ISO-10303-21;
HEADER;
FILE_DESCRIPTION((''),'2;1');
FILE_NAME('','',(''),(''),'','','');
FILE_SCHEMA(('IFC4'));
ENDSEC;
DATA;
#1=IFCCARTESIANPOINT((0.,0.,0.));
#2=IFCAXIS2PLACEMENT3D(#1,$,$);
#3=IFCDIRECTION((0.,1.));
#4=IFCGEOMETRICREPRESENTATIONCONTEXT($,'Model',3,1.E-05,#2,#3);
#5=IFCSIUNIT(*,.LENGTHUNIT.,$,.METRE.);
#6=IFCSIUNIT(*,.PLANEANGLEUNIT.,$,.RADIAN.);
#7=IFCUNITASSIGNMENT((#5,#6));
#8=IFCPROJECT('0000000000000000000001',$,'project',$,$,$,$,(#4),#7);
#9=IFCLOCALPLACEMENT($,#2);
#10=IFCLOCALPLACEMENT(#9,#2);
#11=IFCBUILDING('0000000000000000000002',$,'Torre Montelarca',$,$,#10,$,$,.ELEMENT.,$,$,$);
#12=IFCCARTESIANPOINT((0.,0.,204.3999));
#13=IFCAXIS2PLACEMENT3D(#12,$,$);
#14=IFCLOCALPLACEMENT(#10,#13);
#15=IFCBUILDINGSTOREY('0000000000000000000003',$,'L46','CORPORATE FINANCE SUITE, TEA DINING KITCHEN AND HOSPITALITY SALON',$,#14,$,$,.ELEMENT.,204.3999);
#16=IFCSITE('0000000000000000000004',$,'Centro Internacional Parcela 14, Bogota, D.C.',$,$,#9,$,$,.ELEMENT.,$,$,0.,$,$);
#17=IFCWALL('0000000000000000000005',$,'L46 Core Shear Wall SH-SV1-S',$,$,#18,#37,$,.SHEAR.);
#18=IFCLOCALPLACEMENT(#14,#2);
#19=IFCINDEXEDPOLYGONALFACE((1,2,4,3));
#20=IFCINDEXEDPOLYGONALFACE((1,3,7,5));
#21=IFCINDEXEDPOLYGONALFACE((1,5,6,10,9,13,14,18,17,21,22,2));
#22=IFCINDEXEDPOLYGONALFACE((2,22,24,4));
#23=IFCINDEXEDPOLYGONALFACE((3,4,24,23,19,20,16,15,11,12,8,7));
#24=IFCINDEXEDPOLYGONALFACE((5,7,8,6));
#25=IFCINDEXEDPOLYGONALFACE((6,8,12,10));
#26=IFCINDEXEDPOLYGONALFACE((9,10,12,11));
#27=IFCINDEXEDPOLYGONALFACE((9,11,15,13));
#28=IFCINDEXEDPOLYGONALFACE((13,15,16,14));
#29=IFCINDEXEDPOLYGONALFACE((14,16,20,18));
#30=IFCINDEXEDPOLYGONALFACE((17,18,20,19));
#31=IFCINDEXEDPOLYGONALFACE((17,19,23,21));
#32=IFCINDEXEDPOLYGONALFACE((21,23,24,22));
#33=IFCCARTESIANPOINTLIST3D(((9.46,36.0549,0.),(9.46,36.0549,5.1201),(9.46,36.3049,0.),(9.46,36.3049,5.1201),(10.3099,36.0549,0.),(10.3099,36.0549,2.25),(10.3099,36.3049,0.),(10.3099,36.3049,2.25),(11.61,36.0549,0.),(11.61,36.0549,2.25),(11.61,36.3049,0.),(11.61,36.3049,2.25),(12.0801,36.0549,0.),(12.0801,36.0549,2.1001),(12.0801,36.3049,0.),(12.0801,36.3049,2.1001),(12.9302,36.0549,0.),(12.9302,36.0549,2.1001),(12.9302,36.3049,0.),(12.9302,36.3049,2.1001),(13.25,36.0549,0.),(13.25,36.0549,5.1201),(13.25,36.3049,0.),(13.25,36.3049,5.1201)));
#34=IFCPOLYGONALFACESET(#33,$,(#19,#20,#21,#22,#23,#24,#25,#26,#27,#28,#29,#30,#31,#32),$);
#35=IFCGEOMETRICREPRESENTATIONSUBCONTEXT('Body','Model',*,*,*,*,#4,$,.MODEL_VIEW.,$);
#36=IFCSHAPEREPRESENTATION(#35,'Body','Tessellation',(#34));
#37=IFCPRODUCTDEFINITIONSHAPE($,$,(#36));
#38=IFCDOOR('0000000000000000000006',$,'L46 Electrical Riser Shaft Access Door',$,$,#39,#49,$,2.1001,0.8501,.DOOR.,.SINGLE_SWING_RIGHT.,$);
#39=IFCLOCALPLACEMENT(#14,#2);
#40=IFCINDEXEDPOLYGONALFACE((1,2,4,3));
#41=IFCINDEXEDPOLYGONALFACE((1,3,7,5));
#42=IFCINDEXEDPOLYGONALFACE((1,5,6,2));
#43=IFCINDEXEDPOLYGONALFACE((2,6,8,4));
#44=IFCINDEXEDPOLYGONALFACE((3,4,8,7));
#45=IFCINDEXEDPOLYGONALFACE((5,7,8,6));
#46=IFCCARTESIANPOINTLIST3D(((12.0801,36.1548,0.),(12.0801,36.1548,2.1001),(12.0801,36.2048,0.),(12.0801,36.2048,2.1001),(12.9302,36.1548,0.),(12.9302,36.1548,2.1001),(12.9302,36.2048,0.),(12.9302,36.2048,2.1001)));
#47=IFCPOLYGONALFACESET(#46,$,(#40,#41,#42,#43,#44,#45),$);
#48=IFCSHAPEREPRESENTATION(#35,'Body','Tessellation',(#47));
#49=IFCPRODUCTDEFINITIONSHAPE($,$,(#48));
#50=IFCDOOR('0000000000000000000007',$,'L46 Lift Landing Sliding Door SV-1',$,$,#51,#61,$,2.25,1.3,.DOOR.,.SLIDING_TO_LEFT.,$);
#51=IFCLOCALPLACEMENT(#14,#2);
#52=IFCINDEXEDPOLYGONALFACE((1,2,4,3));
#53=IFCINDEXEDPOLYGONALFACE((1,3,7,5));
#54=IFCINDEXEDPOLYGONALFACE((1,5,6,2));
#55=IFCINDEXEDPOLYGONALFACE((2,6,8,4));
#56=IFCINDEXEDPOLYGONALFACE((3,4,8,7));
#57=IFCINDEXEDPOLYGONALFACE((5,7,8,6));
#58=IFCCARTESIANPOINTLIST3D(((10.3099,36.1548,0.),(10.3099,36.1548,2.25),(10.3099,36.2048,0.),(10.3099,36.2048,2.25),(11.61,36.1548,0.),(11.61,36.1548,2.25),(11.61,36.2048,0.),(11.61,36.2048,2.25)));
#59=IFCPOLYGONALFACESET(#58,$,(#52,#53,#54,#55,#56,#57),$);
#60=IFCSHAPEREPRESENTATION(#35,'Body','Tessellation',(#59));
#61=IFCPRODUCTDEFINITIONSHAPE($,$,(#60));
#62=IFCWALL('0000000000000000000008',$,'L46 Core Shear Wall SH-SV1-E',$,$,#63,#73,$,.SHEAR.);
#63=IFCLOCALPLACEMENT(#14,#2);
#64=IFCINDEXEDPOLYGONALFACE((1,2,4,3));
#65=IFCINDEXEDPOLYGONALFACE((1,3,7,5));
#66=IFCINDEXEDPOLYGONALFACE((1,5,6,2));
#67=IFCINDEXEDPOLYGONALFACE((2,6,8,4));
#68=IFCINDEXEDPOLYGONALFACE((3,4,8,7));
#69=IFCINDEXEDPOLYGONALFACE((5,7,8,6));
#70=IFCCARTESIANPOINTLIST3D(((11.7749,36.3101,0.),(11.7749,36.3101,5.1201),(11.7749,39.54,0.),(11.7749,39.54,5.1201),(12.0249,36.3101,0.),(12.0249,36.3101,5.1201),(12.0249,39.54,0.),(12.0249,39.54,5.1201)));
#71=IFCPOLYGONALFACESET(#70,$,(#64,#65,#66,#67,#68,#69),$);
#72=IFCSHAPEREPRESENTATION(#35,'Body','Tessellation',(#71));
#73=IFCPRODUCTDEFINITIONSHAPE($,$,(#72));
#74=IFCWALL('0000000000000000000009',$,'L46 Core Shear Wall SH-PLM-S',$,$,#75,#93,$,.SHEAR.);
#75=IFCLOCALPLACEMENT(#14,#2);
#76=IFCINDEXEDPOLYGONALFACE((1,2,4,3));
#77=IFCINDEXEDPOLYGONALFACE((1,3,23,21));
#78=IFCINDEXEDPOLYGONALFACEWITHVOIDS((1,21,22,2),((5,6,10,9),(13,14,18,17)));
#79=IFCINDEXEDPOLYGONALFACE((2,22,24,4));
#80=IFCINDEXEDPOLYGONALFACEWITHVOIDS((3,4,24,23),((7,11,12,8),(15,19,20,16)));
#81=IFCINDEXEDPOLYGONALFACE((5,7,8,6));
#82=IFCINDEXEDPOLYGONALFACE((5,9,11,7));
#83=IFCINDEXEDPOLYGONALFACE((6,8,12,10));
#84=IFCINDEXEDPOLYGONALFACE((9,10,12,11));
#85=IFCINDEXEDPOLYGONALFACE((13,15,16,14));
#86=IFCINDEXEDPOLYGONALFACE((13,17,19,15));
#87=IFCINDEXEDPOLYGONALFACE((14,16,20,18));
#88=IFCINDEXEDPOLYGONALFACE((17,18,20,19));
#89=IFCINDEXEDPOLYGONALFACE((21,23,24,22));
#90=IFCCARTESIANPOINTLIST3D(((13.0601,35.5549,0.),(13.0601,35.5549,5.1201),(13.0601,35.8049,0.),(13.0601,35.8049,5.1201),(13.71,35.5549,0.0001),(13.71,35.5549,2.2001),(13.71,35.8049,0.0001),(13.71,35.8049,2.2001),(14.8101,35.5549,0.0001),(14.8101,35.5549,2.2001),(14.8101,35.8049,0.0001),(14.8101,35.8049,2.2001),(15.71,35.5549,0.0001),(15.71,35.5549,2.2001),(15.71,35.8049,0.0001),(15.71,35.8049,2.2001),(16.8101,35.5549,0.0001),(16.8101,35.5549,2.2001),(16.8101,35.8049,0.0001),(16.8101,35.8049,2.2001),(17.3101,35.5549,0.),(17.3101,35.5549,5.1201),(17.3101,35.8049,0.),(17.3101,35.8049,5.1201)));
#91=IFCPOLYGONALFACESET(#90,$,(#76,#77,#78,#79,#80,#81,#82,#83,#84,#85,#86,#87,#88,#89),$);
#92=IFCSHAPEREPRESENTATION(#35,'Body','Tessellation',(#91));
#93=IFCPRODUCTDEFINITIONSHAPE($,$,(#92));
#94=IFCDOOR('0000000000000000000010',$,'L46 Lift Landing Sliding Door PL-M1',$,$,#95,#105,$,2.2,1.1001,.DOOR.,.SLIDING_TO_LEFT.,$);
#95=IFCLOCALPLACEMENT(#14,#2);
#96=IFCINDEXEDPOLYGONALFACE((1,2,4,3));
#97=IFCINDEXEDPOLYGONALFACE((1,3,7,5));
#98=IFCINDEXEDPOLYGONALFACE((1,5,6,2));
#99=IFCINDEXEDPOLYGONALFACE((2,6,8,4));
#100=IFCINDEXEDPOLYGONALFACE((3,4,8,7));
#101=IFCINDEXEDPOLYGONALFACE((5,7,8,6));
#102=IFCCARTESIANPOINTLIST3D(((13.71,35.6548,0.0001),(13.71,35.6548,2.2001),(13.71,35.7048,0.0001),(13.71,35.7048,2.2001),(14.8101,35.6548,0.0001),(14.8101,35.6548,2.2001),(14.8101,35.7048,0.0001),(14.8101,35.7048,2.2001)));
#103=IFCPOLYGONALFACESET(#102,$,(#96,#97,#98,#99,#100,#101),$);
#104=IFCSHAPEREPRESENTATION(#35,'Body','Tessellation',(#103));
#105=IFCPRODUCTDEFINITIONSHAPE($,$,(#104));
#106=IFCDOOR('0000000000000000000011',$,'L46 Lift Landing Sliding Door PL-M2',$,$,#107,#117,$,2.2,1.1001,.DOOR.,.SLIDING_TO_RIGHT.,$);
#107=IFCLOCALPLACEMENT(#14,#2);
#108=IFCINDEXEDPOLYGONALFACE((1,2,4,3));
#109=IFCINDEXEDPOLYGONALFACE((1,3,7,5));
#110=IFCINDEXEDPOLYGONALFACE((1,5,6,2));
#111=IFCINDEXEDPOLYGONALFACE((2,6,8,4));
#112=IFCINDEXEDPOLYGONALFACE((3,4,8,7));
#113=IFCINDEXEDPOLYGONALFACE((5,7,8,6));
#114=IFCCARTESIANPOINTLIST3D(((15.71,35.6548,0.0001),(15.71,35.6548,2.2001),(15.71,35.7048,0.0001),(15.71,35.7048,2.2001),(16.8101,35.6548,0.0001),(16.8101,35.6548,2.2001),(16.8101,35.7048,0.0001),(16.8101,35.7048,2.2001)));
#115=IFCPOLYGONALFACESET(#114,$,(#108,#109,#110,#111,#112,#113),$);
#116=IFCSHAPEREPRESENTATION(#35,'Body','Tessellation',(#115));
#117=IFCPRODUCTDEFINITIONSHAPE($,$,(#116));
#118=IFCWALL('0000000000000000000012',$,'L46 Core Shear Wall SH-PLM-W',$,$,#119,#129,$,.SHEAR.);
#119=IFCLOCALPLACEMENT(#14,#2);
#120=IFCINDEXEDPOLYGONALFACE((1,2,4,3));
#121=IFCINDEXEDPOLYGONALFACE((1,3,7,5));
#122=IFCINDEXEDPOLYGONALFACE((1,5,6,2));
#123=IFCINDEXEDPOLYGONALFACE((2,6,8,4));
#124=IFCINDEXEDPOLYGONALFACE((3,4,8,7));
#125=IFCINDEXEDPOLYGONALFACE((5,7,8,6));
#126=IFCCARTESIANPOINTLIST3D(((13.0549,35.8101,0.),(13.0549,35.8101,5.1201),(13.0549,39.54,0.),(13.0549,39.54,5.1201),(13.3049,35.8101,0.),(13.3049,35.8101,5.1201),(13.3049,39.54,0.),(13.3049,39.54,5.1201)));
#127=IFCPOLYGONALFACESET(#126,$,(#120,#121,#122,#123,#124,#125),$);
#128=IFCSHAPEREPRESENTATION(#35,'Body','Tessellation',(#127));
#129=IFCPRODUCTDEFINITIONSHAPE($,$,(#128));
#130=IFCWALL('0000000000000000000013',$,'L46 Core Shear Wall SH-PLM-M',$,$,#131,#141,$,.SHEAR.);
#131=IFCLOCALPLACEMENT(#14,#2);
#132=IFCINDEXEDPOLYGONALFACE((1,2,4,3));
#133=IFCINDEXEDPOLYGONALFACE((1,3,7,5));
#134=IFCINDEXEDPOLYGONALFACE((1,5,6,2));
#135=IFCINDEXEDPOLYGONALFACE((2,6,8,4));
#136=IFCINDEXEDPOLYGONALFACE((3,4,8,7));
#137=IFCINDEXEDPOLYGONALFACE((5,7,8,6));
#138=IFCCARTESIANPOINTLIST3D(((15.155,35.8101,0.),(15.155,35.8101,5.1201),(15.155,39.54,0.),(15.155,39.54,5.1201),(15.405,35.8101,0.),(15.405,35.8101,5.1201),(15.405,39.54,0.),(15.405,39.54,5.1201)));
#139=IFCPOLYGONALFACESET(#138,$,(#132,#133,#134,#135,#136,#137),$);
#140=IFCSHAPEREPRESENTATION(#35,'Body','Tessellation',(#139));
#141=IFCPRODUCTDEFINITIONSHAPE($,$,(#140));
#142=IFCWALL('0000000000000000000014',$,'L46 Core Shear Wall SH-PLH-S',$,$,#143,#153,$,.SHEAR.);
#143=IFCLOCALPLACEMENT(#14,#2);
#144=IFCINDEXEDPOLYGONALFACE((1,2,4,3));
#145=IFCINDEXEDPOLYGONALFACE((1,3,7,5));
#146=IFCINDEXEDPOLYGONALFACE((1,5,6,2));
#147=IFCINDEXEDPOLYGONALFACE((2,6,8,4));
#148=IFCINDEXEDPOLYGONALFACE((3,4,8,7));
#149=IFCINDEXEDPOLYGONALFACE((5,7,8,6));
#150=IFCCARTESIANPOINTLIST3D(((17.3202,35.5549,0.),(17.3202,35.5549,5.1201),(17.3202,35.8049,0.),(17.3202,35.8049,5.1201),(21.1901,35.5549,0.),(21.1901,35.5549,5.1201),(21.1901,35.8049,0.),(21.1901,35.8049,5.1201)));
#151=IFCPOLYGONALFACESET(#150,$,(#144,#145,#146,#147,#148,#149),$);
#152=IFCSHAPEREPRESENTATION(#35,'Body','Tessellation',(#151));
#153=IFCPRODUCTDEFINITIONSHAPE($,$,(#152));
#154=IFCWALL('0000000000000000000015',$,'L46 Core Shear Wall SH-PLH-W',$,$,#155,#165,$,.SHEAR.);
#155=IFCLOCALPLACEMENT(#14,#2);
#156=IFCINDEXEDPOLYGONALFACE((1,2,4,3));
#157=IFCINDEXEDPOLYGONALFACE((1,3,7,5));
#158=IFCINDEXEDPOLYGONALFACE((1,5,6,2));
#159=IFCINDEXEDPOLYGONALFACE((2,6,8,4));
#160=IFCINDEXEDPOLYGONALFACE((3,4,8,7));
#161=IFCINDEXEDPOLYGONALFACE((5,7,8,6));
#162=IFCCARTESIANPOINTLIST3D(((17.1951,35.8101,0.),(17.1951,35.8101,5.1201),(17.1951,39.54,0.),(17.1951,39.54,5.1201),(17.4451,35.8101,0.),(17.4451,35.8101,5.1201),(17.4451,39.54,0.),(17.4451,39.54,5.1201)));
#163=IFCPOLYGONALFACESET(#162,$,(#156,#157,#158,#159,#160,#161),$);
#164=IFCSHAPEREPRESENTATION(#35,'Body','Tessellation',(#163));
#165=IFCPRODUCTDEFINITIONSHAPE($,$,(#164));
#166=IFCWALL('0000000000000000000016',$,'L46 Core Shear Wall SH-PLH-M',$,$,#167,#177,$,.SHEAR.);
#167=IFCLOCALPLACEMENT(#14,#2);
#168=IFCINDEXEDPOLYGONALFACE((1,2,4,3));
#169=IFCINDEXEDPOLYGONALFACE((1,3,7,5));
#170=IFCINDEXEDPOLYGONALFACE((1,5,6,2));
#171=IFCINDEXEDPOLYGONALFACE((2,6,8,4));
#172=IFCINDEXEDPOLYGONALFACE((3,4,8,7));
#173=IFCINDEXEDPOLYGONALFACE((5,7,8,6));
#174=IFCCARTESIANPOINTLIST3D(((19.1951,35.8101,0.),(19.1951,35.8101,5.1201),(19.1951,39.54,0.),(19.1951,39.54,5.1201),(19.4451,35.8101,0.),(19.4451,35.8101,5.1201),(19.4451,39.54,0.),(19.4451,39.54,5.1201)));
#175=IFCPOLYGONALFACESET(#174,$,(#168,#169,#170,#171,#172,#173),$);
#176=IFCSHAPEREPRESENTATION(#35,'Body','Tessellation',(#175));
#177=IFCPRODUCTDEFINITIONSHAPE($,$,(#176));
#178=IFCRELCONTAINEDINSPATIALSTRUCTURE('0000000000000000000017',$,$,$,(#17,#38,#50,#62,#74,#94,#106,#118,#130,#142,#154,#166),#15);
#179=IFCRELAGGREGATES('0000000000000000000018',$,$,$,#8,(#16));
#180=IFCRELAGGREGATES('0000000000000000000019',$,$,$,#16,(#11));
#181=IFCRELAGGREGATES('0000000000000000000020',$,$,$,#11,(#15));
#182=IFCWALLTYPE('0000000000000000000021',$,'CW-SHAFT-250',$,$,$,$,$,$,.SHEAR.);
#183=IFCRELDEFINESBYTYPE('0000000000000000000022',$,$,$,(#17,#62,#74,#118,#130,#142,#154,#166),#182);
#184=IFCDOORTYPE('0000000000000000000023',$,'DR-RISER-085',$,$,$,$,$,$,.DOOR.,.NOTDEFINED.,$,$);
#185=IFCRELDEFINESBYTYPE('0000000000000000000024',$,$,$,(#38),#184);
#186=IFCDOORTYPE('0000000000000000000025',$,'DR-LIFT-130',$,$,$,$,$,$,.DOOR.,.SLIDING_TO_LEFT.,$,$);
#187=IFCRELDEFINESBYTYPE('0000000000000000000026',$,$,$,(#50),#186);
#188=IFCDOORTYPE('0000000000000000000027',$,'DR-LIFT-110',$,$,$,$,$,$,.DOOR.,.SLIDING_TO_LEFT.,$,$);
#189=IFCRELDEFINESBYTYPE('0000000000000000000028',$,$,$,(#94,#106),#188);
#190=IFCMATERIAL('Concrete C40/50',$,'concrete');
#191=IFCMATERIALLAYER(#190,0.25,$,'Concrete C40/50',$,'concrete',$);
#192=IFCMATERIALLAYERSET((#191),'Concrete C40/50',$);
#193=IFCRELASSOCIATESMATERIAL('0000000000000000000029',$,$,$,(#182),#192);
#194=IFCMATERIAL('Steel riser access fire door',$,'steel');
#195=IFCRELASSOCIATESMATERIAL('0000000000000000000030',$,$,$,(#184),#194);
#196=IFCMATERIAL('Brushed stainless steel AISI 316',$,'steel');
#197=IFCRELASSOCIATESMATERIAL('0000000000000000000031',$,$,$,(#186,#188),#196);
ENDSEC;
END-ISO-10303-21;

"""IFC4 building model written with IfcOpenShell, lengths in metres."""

from ifc_helpers import new_model, si_unit, direction, frame, frame_2d, origin, place, context, subcontext, project, spatial, rectangle, extrude, source, transform, mapped, material, layer, layer_set, type_object, element, fill, save


model = new_model("IFC4")

# Units and contexts
model_context = context("Model", 3, precision=1e-05, world=origin(), true_north=direction((0.0, 1.0)))
body_context = subcontext(model_context, "Body", "Model", "MODEL_VIEW")
ifc_project = project(units=[si_unit("LENGTHUNIT", "METRE"), si_unit("PLANEANGLEUNIT", "RADIAN")], contexts=[model_context])

# Site, building, storey
site_placement = place(None, origin())
site = spatial("IfcSite", under=ifc_project, at=site_placement, Name="Centro Internacional Parcela 14, Bogota, D.C.", CompositionType="ELEMENT", RefElevation=0.0)
building_placement = place(site_placement, origin())
building = spatial("IfcBuilding", under=site, at=building_placement, Name="Torre Montelarca", CompositionType="ELEMENT")
storey_placement = place(building_placement, frame((0.0, 0.0, 204.3999)))
storey = spatial("IfcBuildingStorey", under=building, at=storey_placement, Name="L46", Description="CORPORATE FINANCE SUITE, TEA DINING KITCHEN AND HOSPITALITY SALON", CompositionType="ELEMENT", Elevation=204.3999)

# Shared definitions
ifc_material_1 = material(Name="Concrete C40/50", Category="concrete")
ifc_layer_1 = layer(ifc_material_1, 0.25, Name="Concrete C40/50", Category="concrete")
ifc_layer_set_1 = layer_set([ifc_layer_1], Name="Concrete C40/50")
wall_type_1 = type_object("IfcWallType", Name="CW-SHAFT-250", PredefinedType="SHEAR", material=ifc_layer_set_1)

# Wall, openings, doors
wall_1_placement = place(storey_placement, frame((9.46, 36.1799, 0.0), z_axis=(0.0, 0.0, 1.0), x_axis=(1.0, 0.0, 0.0)))
wall_1 = element("IfcWall", 1, at=wall_1_placement, inside=storey, type_object=wall_type_1, Name="L46 Core Shear Wall SH-SV1-S", PredefinedType="SHEAR", context=body_context, shape_type="SweptSolid", body=[
    extrude(rectangle(XDim=3.79, YDim=0.25, at=frame_2d((1.895, 0.0))), origin(), (0.0, 0.0, 1.0), 5.1201),
])
opening_1_placement = place(wall_1_placement, frame((2.6201, 0.0, 0.0)))
opening_1 = element("IfcOpeningElement", 2, at=opening_1_placement, cuts=wall_1, PredefinedType="OPENING", context=body_context, shape_type="SweptSolid", body=[
    extrude(rectangle(XDim=0.8501, YDim=2.1001, at=frame_2d((0.425, 1.05))), frame((0.0, 0.135, 0.0), z_axis=(0.0, -1.0, 0.0), x_axis=(1.0, 0.0, 0.0)), (0.0, 0.0, 1.0), 0.27),
])
opening_2_placement = place(wall_1_placement, frame((0.8501, 0.0, 0.0)))
opening_2 = element("IfcOpeningElement", 3, at=opening_2_placement, cuts=wall_1, PredefinedType="OPENING", context=body_context, shape_type="SweptSolid", body=[
    extrude(rectangle(XDim=1.3, YDim=2.25, at=frame_2d((0.6499, 1.125))), frame((0.0, 0.135, 0.0), z_axis=(0.0, -1.0, 0.0), x_axis=(1.0, 0.0, 0.0)), (0.0, 0.0, 1.0), 0.27),
])
ifc_material_2 = material(Name="Steel riser access fire door", Category="steel")
door_type_1 = type_object("IfcDoorType", Name="DR-RISER-085", OperationType="NOTDEFINED", PredefinedType="DOOR", material=ifc_material_2)
shared_shape_1 = source(origin(), body_context, "Body", "SweptSolid", [
    extrude(rectangle(XDim=0.8501, YDim=2.1001, at=frame_2d((0.425, 1.05))), frame((0.0, 0.0249, 0.0), z_axis=(0.0, -1.0, 0.0), x_axis=(1.0, 0.0, 0.0)), (0.0, 0.0, 1.0), 0.05),
])
door_1_placement = place(opening_1_placement, origin())
door_1 = element("IfcDoor", 4, at=door_1_placement, inside=storey, type_object=door_type_1, Name="L46 Electrical Riser Shaft Access Door", OperationType="SINGLE_SWING_RIGHT", OverallHeight=2.1001, OverallWidth=0.8501, PredefinedType="DOOR", context=body_context, shape_type="MappedRepresentation", body=[
    mapped(shared_shape_1, transform((0.0, 0.0, 0.0), scale=1.0)),
])
fill(opening_1, door_1)
ifc_material_3 = material(Name="Brushed stainless steel AISI 316", Category="steel")
door_type_2 = type_object("IfcDoorType", Name="DR-LIFT-130", OperationType="SLIDING_TO_LEFT", PredefinedType="DOOR", material=ifc_material_3)
shared_shape_2 = source(origin(), body_context, "Body", "SweptSolid", [
    extrude(rectangle(XDim=1.3, YDim=2.25, at=frame_2d((0.6499, 1.125))), frame((0.0, 0.0249, 0.0), z_axis=(0.0, -1.0, 0.0), x_axis=(1.0, 0.0, 0.0)), (0.0, 0.0, 1.0), 0.05),
])
door_2_placement = place(opening_2_placement, origin())
door_2 = element("IfcDoor", 5, at=door_2_placement, inside=storey, type_object=door_type_2, Name="L46 Lift Landing Sliding Door SV-1", OperationType="SLIDING_TO_LEFT", OverallHeight=2.25, OverallWidth=1.3, PredefinedType="DOOR", context=body_context, shape_type="MappedRepresentation", body=[
    mapped(shared_shape_2, transform((0.0, 0.0, 0.0), scale=1.0)),
])
fill(opening_2, door_2)

# Wall
wall_2_placement = place(storey_placement, frame((11.8999, 36.3101, 0.0), z_axis=(0.0, 0.0, 1.0), x_axis=(0.0, 1.0, 0.0)))
element("IfcWall", 6, at=wall_2_placement, inside=storey, type_object=wall_type_1, Name="L46 Core Shear Wall SH-SV1-E", PredefinedType="SHEAR", context=body_context, shape_type="SweptSolid", body=[
    extrude(rectangle(XDim=3.23, YDim=0.25, at=frame_2d((1.615, 0.0))), origin(), (0.0, 0.0, 1.0), 5.1201),
])

# Wall, openings, doors
wall_3_placement = place(storey_placement, frame((13.0601, 35.6799, 0.0), z_axis=(0.0, 0.0, 1.0), x_axis=(1.0, 0.0, 0.0)))
wall_3 = element("IfcWall", 7, at=wall_3_placement, inside=storey, type_object=wall_type_1, Name="L46 Core Shear Wall SH-PLM-S", PredefinedType="SHEAR", context=body_context, shape_type="SweptSolid", body=[
    extrude(rectangle(XDim=4.25, YDim=0.25, at=frame_2d((2.125, 0.0))), origin(), (0.0, 0.0, 1.0), 5.1201),
])
opening_3_placement = place(wall_3_placement, frame((0.6499, 0.0, 0.0)))
opening_3 = element("IfcOpeningElement", 8, at=opening_3_placement, cuts=wall_3, PredefinedType="OPENING", context=body_context, shape_type="SweptSolid", body=[
    extrude(rectangle(XDim=1.1001, YDim=2.2, at=frame_2d((0.55, 1.1001))), frame((0.0, 0.135, 0.0), z_axis=(0.0, -1.0, 0.0), x_axis=(1.0, 0.0, 0.0)), (0.0, 0.0, 1.0), 0.27),
])
opening_4_placement = place(wall_3_placement, frame((2.6499, 0.0, 0.0)))
opening_4 = element("IfcOpeningElement", 9, at=opening_4_placement, cuts=wall_3, PredefinedType="OPENING", context=body_context, shape_type="SweptSolid", body=[
    extrude(rectangle(XDim=1.1001, YDim=2.2, at=frame_2d((0.55, 1.1001))), frame((0.0, 0.135, 0.0), z_axis=(0.0, -1.0, 0.0), x_axis=(1.0, 0.0, 0.0)), (0.0, 0.0, 1.0), 0.27),
])
door_type_3 = type_object("IfcDoorType", Name="DR-LIFT-110", OperationType="SLIDING_TO_LEFT", PredefinedType="DOOR", material=ifc_material_3)
shared_shape_3 = source(origin(), body_context, "Body", "SweptSolid", [
    extrude(rectangle(XDim=1.1001, YDim=2.2, at=frame_2d((0.55, 1.1001))), frame((0.0, 0.0249, 0.0), z_axis=(0.0, -1.0, 0.0), x_axis=(1.0, 0.0, 0.0)), (0.0, 0.0, 1.0), 0.05),
])
door_3_placement = place(opening_3_placement, origin())
door_3 = element("IfcDoor", 10, at=door_3_placement, inside=storey, type_object=door_type_3, Name="L46 Lift Landing Sliding Door PL-M1", OperationType="SLIDING_TO_LEFT", OverallHeight=2.2, OverallWidth=1.1001, PredefinedType="DOOR", context=body_context, shape_type="MappedRepresentation", body=[
    mapped(shared_shape_3, transform((0.0, 0.0, 0.0), scale=1.0)),
])
fill(opening_3, door_3)
door_4_placement = place(opening_4_placement, origin())
door_4 = element("IfcDoor", 11, at=door_4_placement, inside=storey, type_object=door_type_3, Name="L46 Lift Landing Sliding Door PL-M2", OperationType="SLIDING_TO_RIGHT", OverallHeight=2.2, OverallWidth=1.1001, PredefinedType="DOOR", context=body_context, shape_type="MappedRepresentation", body=[
    mapped(shared_shape_3, transform((0.0, 0.0, 0.0), scale=1.0)),
])
fill(opening_4, door_4)

# Walls
for number, where, z_axis, x_axis, name in (
    (12, (13.1799, 35.8101, 0.0), (0.0, 0.0, 1.0), (0.0, 1.0, 0.0), "L46 Core Shear Wall SH-PLM-W"),
    (13, (15.28, 35.8101, 0.0), (0.0, 0.0, 1.0), (0.0, 1.0, 0.0), "L46 Core Shear Wall SH-PLM-M"),
):
    element("IfcWall", number, at=place(storey_placement, frame(where, z_axis=z_axis, x_axis=x_axis)), inside=storey, type_object=wall_type_1, Name=name, PredefinedType="SHEAR", context=body_context, shape_type="SweptSolid", body=[
        extrude(rectangle(XDim=3.73, YDim=0.25, at=frame_2d((1.865, 0.0))), origin(), (0.0, 0.0, 1.0), 5.1201),
    ])
wall_4_placement = place(storey_placement, frame((17.3201, 35.6799, 0.0), z_axis=(0.0, 0.0, 1.0), x_axis=(1.0, 0.0, 0.0)))
element("IfcWall", 14, at=wall_4_placement, inside=storey, type_object=wall_type_1, Name="L46 Core Shear Wall SH-PLH-S", PredefinedType="SHEAR", context=body_context, shape_type="SweptSolid", body=[
    extrude(rectangle(XDim=3.8699, YDim=0.25, at=frame_2d((1.9351, 0.0))), origin(), (0.0, 0.0, 1.0), 5.1201),
])
for number, where, z_axis, x_axis, name in (
    (15, (17.3201, 35.8101, 0.0), (0.0, 0.0, 1.0), (0.0, 1.0, 0.0), "L46 Core Shear Wall SH-PLH-W"),
    (16, (19.3201, 35.8101, 0.0), (0.0, 0.0, 1.0), (0.0, 1.0, 0.0), "L46 Core Shear Wall SH-PLH-M"),
):
    element("IfcWall", number, at=place(storey_placement, frame(where, z_axis=z_axis, x_axis=x_axis)), inside=storey, type_object=wall_type_1, Name=name, PredefinedType="SHEAR", context=body_context, shape_type="SweptSolid", body=[
        extrude(rectangle(XDim=3.73, YDim=0.25, at=frame_2d((1.865, 0.0))), origin(), (0.0, 0.0, 1.0), 5.1201),
    ])

save(model, "model.ifc")
